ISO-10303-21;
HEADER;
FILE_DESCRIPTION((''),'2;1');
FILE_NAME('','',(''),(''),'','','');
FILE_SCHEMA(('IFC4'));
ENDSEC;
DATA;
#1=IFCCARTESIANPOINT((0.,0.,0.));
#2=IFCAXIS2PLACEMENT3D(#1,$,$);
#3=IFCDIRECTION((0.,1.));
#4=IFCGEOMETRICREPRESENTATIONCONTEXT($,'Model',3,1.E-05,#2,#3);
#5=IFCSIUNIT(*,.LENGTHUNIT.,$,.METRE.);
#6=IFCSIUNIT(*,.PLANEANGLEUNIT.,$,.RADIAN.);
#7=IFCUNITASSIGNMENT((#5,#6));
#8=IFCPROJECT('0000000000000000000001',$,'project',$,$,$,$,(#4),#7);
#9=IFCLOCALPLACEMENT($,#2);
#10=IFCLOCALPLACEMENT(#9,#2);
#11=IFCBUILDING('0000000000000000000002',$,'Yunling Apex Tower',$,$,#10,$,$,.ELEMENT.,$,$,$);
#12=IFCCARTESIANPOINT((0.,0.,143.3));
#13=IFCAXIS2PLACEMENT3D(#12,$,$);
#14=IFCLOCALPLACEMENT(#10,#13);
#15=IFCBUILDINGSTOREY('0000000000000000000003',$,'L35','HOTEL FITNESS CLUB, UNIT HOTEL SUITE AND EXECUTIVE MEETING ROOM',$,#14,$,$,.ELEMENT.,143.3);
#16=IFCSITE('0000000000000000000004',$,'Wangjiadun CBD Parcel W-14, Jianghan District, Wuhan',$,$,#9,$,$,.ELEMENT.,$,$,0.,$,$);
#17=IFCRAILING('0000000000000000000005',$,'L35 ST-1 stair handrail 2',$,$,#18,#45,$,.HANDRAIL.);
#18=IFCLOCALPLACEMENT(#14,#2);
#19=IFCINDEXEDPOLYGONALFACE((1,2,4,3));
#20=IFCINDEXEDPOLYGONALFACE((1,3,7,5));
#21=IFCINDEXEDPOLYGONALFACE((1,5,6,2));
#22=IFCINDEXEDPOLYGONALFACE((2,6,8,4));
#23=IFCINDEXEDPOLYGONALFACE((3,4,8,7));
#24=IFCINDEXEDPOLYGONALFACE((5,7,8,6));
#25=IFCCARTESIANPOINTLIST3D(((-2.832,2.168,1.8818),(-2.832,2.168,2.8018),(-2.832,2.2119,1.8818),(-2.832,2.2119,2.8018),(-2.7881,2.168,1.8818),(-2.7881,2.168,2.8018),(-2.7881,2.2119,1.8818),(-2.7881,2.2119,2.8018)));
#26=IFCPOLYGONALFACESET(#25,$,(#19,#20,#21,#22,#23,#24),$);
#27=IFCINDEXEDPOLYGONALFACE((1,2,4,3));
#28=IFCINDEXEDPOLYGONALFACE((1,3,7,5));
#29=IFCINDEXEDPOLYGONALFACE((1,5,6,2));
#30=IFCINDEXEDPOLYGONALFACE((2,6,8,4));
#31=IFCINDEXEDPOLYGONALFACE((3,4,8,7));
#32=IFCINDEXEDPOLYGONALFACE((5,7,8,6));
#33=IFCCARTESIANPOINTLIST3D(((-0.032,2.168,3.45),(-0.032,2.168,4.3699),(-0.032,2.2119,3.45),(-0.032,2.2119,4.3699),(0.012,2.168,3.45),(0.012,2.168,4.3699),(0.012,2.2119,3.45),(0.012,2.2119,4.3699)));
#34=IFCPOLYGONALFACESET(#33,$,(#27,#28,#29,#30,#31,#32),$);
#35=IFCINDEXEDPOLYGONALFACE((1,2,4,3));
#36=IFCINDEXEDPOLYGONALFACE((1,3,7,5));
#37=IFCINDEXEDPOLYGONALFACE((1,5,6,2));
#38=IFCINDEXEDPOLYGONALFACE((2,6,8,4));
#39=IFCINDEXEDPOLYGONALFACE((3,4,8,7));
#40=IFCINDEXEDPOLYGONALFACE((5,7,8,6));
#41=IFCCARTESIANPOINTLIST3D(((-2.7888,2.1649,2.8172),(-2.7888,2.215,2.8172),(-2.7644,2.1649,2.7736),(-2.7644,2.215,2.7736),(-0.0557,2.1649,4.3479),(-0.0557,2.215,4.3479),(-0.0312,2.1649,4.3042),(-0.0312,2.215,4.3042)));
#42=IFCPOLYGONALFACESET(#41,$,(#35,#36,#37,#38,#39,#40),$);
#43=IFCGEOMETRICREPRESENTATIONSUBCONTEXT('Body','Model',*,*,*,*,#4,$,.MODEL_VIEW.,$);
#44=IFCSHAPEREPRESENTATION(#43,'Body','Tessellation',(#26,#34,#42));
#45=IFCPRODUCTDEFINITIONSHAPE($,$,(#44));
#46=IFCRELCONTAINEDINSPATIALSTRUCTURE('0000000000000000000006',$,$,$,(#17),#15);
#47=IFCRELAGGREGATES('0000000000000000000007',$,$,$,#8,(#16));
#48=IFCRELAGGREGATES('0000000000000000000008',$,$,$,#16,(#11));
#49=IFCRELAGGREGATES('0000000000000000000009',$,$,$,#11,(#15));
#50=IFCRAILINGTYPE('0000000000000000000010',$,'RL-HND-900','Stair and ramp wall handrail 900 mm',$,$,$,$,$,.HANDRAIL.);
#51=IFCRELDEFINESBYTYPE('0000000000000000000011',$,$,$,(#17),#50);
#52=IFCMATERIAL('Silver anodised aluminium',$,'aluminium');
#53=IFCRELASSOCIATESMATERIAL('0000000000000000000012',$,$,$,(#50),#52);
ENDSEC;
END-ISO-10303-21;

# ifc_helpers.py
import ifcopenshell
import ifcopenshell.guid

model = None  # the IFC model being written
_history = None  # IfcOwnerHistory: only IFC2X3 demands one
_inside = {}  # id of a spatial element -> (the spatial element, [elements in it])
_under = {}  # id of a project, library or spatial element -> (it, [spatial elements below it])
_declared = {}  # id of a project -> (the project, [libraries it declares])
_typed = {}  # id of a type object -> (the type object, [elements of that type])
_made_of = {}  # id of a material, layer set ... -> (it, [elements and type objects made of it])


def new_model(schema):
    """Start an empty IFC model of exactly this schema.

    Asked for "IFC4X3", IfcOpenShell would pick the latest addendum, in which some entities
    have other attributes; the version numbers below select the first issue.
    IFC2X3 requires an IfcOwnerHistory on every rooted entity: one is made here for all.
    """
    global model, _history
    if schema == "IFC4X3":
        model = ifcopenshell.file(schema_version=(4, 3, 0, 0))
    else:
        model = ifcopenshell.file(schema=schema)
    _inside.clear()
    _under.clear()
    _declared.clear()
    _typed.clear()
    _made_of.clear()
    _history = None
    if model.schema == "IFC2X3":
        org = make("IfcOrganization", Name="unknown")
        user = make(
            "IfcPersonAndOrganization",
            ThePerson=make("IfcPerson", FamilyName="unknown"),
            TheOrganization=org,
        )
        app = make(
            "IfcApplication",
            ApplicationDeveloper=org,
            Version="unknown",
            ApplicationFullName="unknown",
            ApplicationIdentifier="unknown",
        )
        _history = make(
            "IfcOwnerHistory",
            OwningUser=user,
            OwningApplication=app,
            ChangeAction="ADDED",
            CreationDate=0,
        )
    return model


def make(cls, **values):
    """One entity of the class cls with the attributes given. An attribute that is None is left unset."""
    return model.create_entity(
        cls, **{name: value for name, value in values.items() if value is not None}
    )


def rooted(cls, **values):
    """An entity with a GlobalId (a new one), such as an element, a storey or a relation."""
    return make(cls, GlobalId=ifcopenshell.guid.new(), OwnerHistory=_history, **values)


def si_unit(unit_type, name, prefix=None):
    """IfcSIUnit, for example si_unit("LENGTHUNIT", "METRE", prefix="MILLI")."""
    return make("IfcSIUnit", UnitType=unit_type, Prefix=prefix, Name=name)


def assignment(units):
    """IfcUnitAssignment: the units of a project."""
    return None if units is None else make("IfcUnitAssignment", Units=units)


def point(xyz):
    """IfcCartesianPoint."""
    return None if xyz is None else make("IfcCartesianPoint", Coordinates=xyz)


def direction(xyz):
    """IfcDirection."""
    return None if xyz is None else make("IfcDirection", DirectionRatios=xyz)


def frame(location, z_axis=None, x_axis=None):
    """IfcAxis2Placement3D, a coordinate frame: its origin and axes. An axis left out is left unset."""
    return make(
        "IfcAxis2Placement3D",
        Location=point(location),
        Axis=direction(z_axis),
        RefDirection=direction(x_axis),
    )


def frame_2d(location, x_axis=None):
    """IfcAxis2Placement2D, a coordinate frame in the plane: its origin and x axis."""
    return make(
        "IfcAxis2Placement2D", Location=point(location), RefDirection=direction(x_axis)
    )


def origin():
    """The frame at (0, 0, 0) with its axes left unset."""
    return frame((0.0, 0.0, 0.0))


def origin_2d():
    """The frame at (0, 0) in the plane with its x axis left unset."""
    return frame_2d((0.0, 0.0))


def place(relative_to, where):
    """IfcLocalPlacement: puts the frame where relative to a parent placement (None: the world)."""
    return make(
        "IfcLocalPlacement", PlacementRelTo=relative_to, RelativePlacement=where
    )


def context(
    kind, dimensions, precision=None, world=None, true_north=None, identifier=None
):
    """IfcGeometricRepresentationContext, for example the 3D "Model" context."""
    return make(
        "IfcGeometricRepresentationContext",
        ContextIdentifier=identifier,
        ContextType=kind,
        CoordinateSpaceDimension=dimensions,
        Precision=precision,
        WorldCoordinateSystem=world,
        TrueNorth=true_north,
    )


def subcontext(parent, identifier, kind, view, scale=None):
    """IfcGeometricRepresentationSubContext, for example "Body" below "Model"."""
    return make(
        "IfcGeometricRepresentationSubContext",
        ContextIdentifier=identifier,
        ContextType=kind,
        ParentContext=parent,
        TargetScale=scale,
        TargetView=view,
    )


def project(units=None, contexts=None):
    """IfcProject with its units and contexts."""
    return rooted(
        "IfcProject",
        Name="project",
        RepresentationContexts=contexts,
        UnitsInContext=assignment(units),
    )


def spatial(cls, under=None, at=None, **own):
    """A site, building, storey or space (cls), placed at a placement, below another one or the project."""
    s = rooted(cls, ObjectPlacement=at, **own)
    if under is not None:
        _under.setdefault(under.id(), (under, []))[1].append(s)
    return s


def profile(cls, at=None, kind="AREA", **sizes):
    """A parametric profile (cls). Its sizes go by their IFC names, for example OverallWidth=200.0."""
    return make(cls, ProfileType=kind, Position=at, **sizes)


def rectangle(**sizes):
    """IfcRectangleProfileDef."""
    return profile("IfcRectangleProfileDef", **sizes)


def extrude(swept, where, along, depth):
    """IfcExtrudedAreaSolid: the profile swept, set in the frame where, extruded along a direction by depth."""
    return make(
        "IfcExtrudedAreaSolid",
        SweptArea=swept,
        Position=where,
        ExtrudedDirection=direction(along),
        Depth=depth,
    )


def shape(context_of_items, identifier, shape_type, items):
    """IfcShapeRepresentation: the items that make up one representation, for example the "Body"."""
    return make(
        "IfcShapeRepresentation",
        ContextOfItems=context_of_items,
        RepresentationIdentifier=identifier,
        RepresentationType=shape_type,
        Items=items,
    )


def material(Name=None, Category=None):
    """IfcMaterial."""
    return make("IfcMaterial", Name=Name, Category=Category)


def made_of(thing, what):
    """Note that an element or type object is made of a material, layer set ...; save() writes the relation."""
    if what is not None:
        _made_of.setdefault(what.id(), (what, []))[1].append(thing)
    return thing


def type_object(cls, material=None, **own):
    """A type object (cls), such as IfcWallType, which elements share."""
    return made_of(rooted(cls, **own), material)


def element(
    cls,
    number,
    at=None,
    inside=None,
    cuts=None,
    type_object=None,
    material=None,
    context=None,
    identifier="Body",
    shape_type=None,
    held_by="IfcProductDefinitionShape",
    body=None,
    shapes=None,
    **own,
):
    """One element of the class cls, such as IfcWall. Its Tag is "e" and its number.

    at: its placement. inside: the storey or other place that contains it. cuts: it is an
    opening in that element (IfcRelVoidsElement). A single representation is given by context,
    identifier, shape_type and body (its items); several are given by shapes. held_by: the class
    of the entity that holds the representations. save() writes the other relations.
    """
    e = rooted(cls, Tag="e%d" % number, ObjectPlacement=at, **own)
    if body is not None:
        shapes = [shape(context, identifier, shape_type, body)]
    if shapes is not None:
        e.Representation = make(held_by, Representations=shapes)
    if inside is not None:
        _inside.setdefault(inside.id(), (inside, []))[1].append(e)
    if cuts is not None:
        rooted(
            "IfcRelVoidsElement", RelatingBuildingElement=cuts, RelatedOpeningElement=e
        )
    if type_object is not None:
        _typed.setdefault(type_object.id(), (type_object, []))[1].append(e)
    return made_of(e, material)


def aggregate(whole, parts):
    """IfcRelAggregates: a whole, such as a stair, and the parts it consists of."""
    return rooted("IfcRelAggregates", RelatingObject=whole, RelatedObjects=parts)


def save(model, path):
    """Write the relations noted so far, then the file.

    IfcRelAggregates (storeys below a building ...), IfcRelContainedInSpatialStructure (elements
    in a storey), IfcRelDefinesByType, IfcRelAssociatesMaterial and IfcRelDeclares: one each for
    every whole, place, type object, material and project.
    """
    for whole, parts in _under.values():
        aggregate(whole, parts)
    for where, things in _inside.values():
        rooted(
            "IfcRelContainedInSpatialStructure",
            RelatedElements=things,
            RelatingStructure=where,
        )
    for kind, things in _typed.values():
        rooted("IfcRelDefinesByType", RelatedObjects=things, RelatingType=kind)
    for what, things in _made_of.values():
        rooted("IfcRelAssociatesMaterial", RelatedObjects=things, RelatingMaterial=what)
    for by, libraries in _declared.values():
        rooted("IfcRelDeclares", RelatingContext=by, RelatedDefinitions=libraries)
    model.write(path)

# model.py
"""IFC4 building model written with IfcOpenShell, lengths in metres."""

from ifc_helpers import new_model, si_unit, direction, frame, origin, origin_2d, place, context, subcontext, project, spatial, rectangle, extrude, material, type_object, element, save


model = new_model("IFC4")

# Units and contexts
model_context = context("Model", 3, precision=1e-05, world=origin(), true_north=direction((0.0, 1.0)))
body_context = subcontext(model_context, "Body", "Model", "MODEL_VIEW")
ifc_project = project(units=[si_unit("LENGTHUNIT", "METRE"), si_unit("PLANEANGLEUNIT", "RADIAN")], contexts=[model_context])

# Site, building, storey
site_placement = place(None, origin())
site = spatial("IfcSite", under=ifc_project, at=site_placement, Name="Wangjiadun CBD Parcel W-14, Jianghan District, Wuhan", CompositionType="ELEMENT", RefElevation=0.0)
building_placement = place(site_placement, origin())
building = spatial("IfcBuilding", under=site, at=building_placement, Name="Yunling Apex Tower", CompositionType="ELEMENT")
storey_placement = place(building_placement, frame((0.0, 0.0, 143.3)))
storey = spatial("IfcBuildingStorey", under=building, at=storey_placement, Name="L35", Description="HOTEL FITNESS CLUB, UNIT HOTEL SUITE AND EXECUTIVE MEETING ROOM", CompositionType="ELEMENT", Elevation=143.3)

# Railing
ifc_material_1 = material(Name="Silver anodised aluminium", Category="aluminium")
railing_type_1 = type_object("IfcRailingType", Name="RL-HND-900", Description="Stair and ramp wall handrail 900 mm", PredefinedType="HANDRAIL", material=ifc_material_1)
railing_1_placement = place(storey_placement, frame((-2.8101, 2.1899, 1.8818)))
element("IfcRailing", 1, at=railing_1_placement, inside=storey, type_object=railing_type_1, Name="L35 ST-1 stair handrail 2", PredefinedType="HANDRAIL", context=body_context, shape_type="SweptSolid", body=[
    extrude(rectangle(XDim=0.0439, YDim=0.0439, at=origin_2d()), origin(), (0.0, 0.0, 1.0), 0.9199),
    extrude(rectangle(XDim=0.0439, YDim=0.0439, at=origin_2d()), frame((2.8, 0.0, 1.5681)), (0.0, 0.0, 1.0), 0.9199),
    extrude(rectangle(XDim=0.05, YDim=0.05, at=origin_2d()), frame((0.0334, 0.0, 0.9136), z_axis=(0.872494, 0.0, 0.488624), x_axis=(0.0, 1.0, 0.0)), (0.0, 0.0, 1.0), 3.1326),
])

save(model, "model.ifc")
